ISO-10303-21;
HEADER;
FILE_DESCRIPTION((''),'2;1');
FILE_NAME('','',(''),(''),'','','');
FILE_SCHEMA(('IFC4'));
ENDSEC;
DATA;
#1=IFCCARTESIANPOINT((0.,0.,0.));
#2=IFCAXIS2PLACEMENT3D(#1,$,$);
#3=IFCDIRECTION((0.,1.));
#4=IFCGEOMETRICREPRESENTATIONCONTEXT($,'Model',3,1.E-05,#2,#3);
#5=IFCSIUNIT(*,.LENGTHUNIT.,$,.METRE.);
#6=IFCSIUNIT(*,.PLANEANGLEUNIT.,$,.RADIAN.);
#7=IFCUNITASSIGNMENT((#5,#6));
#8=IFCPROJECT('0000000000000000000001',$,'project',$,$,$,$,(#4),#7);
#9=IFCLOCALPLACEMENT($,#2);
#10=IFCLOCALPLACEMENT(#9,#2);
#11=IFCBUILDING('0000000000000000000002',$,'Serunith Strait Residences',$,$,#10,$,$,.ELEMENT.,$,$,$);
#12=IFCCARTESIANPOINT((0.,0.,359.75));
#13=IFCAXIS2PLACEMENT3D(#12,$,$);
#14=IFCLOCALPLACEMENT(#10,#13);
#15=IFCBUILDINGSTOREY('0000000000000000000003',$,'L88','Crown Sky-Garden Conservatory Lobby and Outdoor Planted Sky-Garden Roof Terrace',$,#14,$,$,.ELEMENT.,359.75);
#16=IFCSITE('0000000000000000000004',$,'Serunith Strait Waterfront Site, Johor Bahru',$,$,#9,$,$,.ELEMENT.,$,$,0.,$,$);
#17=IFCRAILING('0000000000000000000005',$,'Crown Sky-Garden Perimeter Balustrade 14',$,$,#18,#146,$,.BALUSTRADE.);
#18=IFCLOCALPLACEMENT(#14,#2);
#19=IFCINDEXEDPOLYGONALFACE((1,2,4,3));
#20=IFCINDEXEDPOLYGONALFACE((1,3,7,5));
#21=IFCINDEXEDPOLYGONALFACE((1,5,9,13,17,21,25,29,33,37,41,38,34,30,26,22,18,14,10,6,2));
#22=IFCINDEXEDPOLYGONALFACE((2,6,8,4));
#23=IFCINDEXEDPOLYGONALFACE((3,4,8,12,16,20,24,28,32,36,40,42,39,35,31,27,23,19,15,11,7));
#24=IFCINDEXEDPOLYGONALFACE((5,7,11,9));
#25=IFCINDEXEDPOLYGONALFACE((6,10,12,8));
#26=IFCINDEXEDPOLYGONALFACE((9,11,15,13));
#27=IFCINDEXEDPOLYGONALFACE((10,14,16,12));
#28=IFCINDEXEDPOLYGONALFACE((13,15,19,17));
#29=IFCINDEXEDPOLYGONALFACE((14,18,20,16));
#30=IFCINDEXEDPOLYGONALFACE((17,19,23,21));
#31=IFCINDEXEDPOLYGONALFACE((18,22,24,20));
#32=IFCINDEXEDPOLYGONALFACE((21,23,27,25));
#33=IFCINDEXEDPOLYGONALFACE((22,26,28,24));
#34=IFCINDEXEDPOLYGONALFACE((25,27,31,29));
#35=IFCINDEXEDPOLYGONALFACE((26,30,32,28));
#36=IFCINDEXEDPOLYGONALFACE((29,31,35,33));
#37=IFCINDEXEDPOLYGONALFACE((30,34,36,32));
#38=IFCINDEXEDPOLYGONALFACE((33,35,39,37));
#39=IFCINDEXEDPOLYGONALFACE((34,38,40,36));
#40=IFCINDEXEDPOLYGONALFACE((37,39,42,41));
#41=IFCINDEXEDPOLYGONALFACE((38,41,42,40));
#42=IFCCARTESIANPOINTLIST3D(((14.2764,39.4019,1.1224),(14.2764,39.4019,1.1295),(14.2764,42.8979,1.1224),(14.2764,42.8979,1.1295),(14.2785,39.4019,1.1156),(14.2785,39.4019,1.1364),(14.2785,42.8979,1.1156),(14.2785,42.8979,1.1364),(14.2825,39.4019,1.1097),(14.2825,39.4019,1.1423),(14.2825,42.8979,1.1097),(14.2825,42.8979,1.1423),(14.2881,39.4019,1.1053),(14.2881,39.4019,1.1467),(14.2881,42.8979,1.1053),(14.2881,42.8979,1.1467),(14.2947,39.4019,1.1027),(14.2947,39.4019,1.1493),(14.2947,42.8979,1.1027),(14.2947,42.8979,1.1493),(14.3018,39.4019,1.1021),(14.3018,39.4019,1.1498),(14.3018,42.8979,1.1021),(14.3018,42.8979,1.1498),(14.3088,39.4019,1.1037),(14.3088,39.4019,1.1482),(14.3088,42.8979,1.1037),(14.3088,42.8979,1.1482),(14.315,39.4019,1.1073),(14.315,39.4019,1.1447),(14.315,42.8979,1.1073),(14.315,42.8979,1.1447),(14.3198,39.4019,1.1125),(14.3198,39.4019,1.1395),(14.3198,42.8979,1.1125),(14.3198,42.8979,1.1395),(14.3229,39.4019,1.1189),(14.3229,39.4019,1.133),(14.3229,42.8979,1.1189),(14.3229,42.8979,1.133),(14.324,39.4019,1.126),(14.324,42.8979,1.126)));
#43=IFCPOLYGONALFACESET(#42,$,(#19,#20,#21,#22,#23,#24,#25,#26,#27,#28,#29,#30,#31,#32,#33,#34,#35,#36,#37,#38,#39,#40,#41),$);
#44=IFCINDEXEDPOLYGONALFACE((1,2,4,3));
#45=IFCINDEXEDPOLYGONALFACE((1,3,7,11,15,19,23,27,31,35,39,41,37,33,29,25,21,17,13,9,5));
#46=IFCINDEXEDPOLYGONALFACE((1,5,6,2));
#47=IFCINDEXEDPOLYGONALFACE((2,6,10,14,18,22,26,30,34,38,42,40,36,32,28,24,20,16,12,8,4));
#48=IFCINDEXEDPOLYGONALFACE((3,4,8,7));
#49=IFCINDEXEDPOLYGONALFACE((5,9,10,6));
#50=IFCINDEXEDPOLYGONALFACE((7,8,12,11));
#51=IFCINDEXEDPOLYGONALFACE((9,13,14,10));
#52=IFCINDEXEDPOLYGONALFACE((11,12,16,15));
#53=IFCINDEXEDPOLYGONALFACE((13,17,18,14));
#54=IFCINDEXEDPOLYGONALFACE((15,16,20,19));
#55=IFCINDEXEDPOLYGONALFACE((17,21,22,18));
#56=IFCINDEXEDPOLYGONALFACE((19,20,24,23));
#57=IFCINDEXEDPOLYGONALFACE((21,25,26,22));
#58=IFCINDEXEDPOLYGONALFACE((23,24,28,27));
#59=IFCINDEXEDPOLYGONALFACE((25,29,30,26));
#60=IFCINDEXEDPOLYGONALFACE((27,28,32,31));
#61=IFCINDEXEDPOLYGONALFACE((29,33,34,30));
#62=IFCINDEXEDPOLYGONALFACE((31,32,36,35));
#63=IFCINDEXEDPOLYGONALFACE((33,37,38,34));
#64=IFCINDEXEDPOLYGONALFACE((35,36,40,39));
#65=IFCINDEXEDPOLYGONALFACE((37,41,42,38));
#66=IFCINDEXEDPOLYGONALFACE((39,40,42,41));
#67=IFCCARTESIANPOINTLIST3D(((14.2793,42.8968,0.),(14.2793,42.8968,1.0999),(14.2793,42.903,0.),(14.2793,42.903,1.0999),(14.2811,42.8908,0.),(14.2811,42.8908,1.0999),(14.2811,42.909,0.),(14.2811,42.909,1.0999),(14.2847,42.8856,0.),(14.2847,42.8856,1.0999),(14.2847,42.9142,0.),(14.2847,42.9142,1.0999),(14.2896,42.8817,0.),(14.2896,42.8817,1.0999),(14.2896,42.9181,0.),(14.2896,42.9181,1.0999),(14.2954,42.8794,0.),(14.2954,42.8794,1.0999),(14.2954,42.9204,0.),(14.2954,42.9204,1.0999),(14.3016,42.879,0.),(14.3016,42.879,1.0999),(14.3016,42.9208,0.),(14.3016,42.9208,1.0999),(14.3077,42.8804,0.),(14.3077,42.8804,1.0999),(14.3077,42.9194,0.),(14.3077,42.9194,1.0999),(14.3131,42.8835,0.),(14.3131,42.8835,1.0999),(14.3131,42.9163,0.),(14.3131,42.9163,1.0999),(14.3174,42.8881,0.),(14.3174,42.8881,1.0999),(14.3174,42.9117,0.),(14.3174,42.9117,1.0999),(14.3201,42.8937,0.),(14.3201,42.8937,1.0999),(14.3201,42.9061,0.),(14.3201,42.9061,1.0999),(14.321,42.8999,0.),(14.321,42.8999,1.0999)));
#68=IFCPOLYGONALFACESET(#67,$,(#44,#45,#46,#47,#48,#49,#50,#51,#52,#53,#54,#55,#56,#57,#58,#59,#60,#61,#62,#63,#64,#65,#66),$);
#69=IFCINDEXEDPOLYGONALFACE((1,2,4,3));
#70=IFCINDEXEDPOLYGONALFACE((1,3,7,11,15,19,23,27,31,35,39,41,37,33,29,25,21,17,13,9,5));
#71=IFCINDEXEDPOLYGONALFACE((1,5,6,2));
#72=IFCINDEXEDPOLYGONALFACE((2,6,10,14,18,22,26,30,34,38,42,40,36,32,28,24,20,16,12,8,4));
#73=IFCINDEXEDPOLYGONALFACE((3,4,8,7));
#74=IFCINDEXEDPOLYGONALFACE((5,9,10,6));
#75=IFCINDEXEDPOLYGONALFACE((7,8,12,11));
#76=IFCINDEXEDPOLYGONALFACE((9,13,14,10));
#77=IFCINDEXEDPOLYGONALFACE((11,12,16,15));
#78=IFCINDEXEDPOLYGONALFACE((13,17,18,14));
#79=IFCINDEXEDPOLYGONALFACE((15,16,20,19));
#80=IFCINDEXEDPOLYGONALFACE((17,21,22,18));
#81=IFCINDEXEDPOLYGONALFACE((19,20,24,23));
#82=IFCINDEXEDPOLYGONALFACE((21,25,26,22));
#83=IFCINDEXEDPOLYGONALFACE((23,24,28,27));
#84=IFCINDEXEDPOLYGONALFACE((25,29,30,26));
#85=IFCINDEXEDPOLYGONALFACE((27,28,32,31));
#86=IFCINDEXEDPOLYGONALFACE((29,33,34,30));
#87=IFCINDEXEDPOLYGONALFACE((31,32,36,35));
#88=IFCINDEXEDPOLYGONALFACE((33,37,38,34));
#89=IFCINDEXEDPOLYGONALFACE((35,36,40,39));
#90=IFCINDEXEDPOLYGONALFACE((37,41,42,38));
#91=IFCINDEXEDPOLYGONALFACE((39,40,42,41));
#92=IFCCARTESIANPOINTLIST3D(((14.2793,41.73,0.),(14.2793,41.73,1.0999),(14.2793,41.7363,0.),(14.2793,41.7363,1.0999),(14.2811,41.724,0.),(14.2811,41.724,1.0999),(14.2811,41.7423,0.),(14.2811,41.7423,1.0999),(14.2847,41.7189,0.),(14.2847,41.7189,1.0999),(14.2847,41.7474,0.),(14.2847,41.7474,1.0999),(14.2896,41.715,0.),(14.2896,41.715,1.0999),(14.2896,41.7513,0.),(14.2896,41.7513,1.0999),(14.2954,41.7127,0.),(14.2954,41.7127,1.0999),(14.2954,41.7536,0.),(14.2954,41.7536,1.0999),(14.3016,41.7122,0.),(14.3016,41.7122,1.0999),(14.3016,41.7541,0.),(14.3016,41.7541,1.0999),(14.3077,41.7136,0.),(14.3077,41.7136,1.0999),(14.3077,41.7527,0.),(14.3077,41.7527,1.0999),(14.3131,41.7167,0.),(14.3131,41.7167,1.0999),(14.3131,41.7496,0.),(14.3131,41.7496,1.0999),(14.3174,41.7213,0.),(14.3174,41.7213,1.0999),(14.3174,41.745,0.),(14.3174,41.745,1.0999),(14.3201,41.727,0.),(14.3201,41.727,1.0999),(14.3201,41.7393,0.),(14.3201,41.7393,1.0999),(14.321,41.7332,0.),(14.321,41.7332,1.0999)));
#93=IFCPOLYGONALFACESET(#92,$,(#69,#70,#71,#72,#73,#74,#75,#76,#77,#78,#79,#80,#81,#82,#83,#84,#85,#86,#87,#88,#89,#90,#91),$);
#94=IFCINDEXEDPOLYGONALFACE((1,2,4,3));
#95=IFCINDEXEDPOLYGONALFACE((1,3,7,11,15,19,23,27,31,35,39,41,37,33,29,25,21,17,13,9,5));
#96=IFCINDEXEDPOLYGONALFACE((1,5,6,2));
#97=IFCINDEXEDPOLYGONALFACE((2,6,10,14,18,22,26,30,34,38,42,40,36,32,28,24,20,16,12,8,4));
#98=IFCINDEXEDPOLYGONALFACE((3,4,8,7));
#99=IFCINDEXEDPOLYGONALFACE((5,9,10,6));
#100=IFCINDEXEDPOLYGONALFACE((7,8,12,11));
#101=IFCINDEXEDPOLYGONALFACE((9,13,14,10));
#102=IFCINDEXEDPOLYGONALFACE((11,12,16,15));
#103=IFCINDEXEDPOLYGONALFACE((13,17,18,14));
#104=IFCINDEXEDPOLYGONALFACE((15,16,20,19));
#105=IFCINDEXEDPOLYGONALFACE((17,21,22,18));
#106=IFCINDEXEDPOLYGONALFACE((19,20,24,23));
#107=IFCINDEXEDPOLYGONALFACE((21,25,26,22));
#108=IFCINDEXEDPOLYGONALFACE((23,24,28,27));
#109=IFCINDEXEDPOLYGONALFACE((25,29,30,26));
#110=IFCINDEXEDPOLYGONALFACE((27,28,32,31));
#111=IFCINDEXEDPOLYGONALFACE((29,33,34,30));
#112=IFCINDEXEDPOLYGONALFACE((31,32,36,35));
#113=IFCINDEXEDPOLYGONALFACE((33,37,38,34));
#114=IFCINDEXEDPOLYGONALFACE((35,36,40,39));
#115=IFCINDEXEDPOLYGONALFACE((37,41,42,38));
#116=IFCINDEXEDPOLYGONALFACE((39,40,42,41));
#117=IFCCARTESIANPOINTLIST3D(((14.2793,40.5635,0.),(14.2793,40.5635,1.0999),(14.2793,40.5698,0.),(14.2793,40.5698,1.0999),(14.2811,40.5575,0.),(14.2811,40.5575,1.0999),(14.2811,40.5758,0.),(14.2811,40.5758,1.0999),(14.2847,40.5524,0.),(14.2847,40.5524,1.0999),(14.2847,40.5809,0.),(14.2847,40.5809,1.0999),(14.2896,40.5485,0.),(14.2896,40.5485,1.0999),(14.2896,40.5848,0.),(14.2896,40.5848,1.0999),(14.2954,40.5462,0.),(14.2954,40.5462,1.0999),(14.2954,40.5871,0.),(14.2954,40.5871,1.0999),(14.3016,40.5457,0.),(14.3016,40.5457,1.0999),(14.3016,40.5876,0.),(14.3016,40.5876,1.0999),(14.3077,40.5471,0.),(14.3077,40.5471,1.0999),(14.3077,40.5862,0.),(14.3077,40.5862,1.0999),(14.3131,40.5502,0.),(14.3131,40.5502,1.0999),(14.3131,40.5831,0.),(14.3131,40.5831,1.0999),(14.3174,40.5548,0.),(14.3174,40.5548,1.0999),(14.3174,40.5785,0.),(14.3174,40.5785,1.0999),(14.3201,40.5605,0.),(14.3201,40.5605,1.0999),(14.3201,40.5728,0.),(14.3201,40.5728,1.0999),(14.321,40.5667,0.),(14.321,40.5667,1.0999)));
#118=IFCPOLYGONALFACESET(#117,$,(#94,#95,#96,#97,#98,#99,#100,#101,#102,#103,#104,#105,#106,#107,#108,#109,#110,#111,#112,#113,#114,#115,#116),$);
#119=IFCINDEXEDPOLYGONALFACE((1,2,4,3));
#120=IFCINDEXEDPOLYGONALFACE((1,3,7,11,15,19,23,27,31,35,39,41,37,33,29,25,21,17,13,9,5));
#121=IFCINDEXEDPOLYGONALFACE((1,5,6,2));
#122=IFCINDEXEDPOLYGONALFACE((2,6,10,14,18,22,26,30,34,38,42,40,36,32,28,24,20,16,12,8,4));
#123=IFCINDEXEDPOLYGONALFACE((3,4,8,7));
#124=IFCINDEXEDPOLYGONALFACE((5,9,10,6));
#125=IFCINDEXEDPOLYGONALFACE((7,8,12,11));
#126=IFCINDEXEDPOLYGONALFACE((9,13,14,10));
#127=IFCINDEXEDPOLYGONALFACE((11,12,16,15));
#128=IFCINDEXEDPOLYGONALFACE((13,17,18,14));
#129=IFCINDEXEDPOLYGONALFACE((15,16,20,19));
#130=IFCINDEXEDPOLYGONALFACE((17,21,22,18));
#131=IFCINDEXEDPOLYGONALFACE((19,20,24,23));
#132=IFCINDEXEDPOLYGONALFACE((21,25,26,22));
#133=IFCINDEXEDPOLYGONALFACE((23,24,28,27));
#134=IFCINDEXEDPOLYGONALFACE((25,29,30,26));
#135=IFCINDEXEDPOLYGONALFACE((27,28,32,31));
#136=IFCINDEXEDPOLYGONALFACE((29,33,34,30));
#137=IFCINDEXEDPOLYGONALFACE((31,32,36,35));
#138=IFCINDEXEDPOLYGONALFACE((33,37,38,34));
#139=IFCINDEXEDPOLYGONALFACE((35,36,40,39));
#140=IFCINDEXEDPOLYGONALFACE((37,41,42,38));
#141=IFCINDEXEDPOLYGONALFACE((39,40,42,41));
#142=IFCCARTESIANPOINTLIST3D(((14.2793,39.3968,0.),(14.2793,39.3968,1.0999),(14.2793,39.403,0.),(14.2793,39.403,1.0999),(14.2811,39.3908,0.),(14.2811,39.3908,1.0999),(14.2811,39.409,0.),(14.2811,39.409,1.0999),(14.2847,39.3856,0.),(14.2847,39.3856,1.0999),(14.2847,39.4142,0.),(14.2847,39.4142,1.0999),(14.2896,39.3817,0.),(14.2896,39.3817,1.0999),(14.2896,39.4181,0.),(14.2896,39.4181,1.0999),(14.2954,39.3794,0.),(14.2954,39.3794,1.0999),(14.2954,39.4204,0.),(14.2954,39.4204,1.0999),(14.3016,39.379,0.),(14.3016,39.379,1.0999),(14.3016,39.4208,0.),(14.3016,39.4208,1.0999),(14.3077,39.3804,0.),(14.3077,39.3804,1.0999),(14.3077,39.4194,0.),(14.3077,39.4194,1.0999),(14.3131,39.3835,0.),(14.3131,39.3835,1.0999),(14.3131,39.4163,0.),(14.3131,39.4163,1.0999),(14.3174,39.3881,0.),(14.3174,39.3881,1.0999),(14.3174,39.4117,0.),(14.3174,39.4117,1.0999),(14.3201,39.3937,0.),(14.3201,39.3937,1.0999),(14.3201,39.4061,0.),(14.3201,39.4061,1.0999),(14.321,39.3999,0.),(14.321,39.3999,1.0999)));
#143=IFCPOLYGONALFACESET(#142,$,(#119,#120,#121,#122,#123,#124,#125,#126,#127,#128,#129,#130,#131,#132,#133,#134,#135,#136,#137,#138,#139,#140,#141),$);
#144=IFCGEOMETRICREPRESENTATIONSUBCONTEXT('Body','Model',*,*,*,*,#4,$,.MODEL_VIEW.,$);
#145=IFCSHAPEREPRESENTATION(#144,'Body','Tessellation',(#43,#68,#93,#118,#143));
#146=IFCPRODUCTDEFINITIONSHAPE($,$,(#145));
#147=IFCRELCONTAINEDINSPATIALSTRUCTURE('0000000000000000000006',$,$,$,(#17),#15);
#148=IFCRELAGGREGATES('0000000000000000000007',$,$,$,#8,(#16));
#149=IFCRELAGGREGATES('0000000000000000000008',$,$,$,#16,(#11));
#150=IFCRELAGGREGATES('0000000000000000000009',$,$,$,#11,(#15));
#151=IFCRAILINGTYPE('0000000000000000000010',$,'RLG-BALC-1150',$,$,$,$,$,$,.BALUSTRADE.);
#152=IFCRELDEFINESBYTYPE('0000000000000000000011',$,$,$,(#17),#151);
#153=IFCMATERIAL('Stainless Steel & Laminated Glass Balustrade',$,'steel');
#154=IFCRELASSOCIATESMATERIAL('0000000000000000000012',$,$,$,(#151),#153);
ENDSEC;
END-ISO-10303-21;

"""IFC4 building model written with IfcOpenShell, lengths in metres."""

from ifc_helpers import new_model, si_unit, direction, frame, origin, origin_2d, place, context, subcontext, project, spatial, circle, extrude, material, type_object, element, save


model = new_model("IFC4")

# Units and contexts
model_context = context("Model", 3, precision=1e-05, world=origin(), true_north=direction((0.0, 1.0)))
body_context = subcontext(model_context, "Body", "Model", "MODEL_VIEW")
ifc_project = project(units=[si_unit("LENGTHUNIT", "METRE"), si_unit("PLANEANGLEUNIT", "RADIAN")], contexts=[model_context])

# Site, building, storey
site_placement = place(None, origin())
site = spatial("IfcSite", under=ifc_project, at=site_placement, Name="Serunith Strait Waterfront Site, Johor Bahru", CompositionType="ELEMENT", RefElevation=0.0)
building_placement = place(site_placement, origin())
building = spatial("IfcBuilding", under=site, at=building_placement, Name="Serunith Strait Residences", CompositionType="ELEMENT")
storey_placement = place(building_placement, frame((0.0, 0.0, 359.75)))
storey = spatial("IfcBuildingStorey", under=building, at=storey_placement, Name="L88", Description="Crown Sky-Garden Conservatory Lobby and Outdoor Planted Sky-Garden Roof Terrace", CompositionType="ELEMENT", Elevation=359.75)

# Railing
ifc_material_1 = material(Name="Stainless Steel & Laminated Glass Balustrade", Category="steel")
railing_type_1 = type_object("IfcRailingType", Name="RLG-BALC-1150", PredefinedType="BALUSTRADE", material=ifc_material_1)
railing_1_placement = place(storey_placement, frame((14.3, 42.8999, 0.0)))
element("IfcRailing", 1, at=railing_1_placement, inside=storey, type_object=railing_type_1, Name="Crown Sky-Garden Perimeter Balustrade 14", PredefinedType="BALUSTRADE", context=body_context, shape_type="SweptSolid", body=[
    extrude(circle(Radius=0.0239, at=origin_2d()), frame((0.0, -0.002, 1.126), z_axis=(0.0, -1.0, 0.0), x_axis=(1.0, 0.0, 0.0)), (0.0, 0.0, 1.0), 3.4961),
    extrude(circle(Radius=0.021, at=origin_2d()), origin(), (0.0, 0.0, 1.0), 1.0999),
    extrude(circle(Radius=0.021, at=origin_2d()), frame((0.0, -1.1667, 0.0)), (0.0, 0.0, 1.0), 1.0999),
    extrude(circle(Radius=0.021, at=origin_2d()), frame((0.0, -2.3333, 0.0)), (0.0, 0.0, 1.0), 1.0999),
    extrude(circle(Radius=0.021, at=origin_2d()), frame((0.0, -3.5, 0.0)), (0.0, 0.0, 1.0), 1.0999),
])

save(model, "model.ifc")
